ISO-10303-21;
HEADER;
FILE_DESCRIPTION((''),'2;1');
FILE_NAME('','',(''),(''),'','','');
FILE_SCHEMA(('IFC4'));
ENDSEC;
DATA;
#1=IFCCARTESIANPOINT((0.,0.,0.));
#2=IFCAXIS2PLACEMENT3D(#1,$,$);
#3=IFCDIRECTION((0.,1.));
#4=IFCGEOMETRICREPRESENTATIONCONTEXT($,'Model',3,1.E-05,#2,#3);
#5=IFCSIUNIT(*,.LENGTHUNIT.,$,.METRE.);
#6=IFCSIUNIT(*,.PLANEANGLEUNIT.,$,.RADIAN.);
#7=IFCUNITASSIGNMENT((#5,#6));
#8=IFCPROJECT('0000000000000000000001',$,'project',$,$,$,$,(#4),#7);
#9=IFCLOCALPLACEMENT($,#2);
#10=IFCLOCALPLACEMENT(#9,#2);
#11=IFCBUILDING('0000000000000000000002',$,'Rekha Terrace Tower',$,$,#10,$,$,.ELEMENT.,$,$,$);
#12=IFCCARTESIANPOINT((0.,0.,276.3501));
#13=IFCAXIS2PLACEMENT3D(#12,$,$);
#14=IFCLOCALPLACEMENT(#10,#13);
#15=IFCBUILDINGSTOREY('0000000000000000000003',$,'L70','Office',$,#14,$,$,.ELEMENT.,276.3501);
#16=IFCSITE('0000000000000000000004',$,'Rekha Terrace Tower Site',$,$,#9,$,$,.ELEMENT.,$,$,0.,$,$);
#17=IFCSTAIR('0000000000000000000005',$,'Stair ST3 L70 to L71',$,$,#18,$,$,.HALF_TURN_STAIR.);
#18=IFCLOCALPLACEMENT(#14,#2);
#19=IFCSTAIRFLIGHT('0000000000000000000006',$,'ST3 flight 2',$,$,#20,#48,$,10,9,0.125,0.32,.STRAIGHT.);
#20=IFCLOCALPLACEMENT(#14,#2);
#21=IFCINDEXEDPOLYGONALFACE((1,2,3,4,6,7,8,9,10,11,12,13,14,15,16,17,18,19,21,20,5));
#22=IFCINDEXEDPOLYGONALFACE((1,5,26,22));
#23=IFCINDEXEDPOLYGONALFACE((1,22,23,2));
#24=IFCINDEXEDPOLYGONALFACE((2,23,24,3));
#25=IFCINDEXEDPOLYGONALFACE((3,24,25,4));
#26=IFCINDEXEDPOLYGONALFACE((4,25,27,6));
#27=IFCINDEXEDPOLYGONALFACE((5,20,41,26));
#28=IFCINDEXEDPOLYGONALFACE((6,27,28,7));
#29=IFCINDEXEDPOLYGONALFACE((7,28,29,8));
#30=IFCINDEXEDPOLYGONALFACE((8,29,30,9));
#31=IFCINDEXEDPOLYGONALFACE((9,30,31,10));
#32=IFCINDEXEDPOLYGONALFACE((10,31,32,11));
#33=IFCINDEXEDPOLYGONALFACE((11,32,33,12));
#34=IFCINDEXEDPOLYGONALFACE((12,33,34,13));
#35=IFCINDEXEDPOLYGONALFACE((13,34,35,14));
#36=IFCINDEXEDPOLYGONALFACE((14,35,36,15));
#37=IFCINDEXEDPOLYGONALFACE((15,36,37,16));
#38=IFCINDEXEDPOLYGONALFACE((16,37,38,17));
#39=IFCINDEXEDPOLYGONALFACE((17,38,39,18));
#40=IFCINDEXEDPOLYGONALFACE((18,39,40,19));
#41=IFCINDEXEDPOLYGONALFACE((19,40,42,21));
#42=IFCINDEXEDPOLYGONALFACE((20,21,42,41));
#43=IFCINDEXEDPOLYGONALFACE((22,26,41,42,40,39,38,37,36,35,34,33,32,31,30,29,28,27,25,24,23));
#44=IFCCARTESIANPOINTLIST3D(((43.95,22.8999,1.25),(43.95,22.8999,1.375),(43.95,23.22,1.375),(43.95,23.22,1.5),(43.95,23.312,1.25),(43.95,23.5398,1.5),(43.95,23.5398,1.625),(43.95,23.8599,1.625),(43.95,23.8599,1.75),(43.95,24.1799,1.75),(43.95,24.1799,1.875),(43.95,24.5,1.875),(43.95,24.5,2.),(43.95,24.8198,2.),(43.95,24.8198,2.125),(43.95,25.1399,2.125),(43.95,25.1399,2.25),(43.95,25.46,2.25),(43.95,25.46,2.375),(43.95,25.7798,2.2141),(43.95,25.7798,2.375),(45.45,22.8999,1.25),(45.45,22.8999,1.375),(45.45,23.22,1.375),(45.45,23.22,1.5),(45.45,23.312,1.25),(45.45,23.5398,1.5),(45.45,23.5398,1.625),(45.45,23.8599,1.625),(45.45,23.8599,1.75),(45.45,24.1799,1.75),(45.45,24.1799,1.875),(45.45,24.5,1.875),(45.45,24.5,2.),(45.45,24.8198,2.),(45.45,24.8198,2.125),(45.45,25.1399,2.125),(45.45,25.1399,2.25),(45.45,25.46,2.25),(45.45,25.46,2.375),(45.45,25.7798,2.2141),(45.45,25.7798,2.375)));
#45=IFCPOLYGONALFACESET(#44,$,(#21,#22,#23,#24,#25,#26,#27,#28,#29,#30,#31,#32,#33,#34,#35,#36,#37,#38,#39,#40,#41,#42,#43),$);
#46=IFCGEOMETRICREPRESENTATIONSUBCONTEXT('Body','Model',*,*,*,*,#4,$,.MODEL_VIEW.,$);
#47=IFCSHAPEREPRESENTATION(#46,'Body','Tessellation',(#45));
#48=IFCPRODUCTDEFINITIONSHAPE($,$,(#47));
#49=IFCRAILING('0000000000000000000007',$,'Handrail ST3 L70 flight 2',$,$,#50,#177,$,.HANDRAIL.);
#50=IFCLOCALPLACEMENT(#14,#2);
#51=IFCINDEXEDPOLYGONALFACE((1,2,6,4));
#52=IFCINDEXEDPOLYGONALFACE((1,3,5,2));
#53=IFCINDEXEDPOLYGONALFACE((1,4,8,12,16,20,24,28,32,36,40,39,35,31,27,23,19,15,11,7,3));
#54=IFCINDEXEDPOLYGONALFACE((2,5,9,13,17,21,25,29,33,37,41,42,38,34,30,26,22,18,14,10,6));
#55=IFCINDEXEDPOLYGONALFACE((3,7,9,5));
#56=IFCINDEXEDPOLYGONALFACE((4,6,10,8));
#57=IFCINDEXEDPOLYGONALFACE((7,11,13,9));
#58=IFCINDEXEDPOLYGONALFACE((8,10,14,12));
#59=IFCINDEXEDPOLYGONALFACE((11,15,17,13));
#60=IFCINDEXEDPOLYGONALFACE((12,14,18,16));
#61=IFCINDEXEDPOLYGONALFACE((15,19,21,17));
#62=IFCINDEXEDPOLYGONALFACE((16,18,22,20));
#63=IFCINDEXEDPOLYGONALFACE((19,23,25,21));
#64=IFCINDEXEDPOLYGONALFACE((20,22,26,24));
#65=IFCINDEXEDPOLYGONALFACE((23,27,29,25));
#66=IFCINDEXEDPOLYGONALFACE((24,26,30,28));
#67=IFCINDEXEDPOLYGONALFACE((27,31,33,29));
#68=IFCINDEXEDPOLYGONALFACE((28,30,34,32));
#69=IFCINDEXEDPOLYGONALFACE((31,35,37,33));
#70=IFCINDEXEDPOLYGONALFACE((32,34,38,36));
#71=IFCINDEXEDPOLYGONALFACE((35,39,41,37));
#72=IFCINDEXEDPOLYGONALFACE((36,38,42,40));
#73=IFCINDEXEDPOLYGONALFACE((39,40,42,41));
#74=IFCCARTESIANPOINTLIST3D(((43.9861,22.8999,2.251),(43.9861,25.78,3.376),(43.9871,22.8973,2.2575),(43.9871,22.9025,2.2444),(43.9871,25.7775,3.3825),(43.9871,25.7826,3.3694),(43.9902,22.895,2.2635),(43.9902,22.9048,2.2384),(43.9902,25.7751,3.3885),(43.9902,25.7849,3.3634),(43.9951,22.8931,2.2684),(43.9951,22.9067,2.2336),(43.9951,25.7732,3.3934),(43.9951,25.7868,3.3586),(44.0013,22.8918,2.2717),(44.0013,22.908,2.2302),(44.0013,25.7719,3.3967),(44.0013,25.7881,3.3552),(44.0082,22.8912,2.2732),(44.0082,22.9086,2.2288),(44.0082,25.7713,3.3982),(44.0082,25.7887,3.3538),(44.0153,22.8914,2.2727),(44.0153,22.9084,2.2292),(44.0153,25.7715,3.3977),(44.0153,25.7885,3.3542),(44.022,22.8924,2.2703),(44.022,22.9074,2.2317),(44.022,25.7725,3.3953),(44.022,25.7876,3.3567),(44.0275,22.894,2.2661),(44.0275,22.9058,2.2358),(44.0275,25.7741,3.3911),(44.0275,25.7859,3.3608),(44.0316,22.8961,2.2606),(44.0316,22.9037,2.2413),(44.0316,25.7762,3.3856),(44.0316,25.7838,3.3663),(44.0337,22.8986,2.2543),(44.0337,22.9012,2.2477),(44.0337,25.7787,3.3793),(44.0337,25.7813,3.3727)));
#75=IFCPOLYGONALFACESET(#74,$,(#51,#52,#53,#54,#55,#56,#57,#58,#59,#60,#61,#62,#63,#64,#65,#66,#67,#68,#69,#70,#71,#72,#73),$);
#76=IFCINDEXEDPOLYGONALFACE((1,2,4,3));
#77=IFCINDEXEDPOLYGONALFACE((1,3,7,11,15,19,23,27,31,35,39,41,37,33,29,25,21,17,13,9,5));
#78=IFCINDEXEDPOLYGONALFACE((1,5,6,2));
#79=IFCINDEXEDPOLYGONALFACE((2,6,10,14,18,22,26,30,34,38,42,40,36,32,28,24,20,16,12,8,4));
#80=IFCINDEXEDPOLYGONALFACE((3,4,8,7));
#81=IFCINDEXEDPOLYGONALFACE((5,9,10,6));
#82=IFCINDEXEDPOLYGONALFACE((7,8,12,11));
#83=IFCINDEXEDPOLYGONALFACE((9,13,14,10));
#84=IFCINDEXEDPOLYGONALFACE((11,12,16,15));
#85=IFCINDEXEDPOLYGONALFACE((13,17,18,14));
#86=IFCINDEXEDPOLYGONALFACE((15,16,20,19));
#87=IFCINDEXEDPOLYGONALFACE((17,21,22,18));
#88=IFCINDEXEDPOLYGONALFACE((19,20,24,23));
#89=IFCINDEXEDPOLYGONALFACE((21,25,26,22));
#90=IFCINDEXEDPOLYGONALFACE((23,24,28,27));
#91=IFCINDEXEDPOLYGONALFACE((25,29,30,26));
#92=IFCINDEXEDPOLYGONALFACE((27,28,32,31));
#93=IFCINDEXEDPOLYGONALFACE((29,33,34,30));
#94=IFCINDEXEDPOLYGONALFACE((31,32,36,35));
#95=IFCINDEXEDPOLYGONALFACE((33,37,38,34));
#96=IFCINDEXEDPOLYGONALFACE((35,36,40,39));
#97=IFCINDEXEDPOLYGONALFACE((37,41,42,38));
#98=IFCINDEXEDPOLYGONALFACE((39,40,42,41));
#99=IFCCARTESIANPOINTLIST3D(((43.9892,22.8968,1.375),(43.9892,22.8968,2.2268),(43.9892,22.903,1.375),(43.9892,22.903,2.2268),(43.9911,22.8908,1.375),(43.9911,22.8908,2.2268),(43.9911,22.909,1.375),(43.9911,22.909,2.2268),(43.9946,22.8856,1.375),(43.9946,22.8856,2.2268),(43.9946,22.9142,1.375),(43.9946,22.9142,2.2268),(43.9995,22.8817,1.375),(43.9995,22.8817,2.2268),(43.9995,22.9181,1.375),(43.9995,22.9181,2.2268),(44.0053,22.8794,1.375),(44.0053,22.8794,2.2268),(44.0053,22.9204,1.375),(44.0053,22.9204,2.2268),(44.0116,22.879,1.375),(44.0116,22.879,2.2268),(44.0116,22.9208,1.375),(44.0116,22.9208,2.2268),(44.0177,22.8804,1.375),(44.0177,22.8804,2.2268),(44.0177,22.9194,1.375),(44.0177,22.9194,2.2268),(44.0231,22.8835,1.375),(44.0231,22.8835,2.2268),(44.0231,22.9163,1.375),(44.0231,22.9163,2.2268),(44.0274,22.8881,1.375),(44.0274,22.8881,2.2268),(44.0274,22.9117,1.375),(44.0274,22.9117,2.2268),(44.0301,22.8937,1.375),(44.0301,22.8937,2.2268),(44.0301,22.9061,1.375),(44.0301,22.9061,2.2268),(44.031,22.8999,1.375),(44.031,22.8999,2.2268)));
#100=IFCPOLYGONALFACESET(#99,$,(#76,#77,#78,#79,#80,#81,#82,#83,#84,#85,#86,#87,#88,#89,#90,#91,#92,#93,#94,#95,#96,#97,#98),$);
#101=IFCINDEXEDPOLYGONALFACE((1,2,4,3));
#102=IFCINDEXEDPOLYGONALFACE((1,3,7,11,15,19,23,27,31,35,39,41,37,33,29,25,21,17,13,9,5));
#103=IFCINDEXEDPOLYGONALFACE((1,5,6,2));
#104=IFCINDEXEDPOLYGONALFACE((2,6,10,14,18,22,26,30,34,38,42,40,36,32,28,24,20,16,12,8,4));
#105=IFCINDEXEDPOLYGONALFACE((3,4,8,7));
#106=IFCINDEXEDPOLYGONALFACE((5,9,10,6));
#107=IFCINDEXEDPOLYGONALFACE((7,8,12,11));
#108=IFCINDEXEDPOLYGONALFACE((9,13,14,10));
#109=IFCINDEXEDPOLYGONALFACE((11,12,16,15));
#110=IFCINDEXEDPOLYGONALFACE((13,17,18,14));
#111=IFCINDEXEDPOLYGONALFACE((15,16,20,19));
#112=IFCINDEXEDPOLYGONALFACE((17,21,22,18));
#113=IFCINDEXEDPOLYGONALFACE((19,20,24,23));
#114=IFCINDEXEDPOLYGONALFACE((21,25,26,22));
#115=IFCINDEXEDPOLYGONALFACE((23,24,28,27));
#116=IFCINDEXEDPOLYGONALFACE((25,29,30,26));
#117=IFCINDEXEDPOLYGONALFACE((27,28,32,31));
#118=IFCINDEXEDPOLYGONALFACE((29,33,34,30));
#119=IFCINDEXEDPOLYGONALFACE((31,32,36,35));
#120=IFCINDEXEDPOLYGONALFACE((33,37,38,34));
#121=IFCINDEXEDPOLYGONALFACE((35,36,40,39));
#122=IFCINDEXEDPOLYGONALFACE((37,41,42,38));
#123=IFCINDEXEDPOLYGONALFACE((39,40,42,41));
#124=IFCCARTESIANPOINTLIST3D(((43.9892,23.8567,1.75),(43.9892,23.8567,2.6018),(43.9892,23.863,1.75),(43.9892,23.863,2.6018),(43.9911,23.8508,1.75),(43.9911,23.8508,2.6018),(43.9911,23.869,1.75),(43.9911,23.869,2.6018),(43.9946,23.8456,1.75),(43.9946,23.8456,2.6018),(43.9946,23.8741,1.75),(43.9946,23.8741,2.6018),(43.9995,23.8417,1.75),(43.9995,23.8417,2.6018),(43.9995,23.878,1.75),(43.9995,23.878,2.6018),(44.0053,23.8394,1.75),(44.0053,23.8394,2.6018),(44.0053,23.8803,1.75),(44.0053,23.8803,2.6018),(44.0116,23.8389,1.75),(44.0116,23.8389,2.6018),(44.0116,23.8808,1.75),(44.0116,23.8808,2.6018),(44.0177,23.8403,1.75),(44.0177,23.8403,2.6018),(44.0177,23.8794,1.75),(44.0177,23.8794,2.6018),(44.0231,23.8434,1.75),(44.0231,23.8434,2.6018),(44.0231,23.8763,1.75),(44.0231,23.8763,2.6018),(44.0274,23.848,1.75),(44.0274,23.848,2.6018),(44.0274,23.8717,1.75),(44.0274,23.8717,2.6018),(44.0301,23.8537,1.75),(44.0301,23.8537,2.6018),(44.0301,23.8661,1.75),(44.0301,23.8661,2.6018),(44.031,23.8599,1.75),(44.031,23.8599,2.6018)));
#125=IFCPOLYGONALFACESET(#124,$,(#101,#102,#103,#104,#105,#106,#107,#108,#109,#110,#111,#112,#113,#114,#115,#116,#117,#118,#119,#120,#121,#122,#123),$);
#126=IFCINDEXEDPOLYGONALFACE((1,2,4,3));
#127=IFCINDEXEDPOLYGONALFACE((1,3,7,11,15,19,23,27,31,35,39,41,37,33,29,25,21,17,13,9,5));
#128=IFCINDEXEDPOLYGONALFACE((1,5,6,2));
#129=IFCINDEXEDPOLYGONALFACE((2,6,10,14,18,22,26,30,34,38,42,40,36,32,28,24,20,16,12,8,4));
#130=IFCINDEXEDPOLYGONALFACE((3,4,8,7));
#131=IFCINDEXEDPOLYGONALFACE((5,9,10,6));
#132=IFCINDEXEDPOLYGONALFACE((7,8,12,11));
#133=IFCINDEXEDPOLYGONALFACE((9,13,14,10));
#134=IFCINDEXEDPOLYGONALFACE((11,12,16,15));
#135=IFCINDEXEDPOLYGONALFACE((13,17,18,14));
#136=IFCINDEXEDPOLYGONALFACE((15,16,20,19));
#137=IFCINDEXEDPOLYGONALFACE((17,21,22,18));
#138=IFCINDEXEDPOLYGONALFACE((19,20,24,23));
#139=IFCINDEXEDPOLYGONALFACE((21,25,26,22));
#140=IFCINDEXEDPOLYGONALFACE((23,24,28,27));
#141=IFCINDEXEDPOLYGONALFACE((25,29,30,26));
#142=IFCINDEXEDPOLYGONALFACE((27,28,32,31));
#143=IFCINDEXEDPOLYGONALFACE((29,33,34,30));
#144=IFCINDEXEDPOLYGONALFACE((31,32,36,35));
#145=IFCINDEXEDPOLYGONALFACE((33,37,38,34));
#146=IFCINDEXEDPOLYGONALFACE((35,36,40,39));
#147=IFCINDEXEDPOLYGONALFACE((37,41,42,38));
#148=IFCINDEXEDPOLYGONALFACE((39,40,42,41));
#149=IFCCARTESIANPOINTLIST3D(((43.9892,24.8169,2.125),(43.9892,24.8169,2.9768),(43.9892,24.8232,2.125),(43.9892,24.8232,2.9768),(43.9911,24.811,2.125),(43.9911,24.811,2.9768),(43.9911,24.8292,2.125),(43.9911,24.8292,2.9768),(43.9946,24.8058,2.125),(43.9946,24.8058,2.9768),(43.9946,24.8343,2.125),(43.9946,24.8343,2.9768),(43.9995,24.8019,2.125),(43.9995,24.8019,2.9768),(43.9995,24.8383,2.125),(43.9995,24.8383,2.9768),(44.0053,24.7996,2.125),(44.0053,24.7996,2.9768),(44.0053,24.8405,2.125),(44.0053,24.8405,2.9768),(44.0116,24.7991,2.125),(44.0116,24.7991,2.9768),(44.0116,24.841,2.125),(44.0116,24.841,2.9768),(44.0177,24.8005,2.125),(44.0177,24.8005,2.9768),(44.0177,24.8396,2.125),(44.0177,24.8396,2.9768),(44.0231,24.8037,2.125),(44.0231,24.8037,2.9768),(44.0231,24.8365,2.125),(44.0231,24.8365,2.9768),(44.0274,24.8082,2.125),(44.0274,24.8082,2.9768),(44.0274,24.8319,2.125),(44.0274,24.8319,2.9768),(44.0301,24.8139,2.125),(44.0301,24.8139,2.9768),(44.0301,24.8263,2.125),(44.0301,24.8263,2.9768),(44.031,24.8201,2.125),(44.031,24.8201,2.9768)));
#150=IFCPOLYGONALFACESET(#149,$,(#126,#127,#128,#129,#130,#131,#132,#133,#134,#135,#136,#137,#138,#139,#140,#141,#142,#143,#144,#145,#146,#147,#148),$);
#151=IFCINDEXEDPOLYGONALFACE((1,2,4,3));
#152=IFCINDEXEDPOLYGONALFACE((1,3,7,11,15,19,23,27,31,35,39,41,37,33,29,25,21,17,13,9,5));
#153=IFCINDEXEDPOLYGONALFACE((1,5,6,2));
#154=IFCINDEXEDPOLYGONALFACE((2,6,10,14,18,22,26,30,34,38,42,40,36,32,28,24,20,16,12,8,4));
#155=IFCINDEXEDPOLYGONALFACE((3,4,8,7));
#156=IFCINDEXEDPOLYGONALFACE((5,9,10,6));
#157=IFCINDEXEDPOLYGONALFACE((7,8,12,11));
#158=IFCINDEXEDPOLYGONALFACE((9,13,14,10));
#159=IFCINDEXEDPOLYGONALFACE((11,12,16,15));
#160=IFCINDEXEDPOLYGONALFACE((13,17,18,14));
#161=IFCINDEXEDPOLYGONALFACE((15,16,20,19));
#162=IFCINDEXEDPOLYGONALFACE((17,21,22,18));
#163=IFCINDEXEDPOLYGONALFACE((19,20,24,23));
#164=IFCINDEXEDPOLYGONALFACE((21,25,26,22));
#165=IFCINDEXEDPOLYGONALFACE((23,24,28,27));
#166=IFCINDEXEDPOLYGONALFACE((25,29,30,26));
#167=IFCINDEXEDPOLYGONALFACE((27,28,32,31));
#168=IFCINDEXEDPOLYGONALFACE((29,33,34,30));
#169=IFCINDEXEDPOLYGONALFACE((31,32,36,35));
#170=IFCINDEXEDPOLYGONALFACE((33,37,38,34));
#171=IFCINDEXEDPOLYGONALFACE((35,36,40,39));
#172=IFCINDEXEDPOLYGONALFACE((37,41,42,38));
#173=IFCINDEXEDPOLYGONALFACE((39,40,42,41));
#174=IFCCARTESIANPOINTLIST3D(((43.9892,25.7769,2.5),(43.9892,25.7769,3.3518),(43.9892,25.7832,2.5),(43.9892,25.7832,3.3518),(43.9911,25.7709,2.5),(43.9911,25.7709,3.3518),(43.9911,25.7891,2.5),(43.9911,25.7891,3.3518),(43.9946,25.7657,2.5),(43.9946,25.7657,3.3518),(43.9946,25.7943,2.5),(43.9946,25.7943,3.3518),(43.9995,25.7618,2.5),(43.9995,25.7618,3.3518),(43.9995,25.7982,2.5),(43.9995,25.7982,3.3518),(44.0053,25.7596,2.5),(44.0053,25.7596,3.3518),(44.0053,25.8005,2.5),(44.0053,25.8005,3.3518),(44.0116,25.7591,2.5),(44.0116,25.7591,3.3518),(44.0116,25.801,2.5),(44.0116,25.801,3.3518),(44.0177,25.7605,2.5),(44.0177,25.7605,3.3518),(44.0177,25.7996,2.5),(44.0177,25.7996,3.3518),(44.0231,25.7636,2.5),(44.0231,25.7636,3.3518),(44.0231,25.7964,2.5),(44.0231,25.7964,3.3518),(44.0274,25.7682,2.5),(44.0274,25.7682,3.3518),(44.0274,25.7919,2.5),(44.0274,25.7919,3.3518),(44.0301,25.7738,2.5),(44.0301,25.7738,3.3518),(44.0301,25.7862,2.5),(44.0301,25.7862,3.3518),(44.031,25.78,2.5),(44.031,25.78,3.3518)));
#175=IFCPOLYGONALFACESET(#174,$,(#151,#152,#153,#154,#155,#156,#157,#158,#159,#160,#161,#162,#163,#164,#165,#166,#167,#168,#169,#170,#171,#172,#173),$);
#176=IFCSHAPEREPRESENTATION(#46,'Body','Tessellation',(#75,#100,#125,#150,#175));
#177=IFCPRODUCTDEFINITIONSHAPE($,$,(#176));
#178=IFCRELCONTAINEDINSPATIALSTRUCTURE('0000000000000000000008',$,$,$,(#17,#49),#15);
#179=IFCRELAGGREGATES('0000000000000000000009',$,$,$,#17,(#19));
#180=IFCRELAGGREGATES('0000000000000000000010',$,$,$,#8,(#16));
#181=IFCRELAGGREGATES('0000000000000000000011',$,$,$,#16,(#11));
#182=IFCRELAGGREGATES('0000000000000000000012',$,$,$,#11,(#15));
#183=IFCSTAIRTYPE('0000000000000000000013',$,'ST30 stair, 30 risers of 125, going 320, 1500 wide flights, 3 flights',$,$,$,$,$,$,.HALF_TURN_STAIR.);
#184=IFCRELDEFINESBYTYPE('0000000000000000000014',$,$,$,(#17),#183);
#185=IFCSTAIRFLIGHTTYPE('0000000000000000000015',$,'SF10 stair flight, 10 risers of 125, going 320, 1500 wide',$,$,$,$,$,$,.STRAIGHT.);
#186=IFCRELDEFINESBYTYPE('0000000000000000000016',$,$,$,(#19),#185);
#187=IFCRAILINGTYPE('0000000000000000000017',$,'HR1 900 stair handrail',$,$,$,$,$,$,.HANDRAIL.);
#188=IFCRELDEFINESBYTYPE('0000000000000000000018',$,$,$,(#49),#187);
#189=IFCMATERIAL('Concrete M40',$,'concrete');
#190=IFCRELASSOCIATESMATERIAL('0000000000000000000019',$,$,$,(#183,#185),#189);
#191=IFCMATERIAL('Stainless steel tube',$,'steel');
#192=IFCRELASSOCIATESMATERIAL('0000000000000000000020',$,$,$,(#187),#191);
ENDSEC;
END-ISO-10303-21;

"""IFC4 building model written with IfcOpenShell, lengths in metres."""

from ifc_helpers import new_model, si_unit, direction, frame, origin, origin_2d, place, context, subcontext, project, spatial, polyline, circle, outline, extrude, material, type_object, element, aggregate, save


model = new_model("IFC4")

# Units and contexts
model_context = context("Model", 3, precision=1e-05, world=origin(), true_north=direction((0.0, 1.0)))
body_context = subcontext(model_context, "Body", "Model", "MODEL_VIEW")
ifc_project = project(units=[si_unit("LENGTHUNIT", "METRE"), si_unit("PLANEANGLEUNIT", "RADIAN")], contexts=[model_context])

# Site, building, storey
site_placement = place(None, origin())
site = spatial("IfcSite", under=ifc_project, at=site_placement, Name="Rekha Terrace Tower Site", CompositionType="ELEMENT", RefElevation=0.0)
building_placement = place(site_placement, origin())
building = spatial("IfcBuilding", under=site, at=building_placement, Name="Rekha Terrace Tower", CompositionType="ELEMENT")
storey_placement = place(building_placement, frame((0.0, 0.0, 276.3501)))
storey = spatial("IfcBuildingStorey", under=building, at=storey_placement, Name="L70", Description="Office", CompositionType="ELEMENT", Elevation=276.3501)

# Stair, stair flight
ifc_material_1 = material(Name="Concrete M40", Category="concrete")
stair_type = type_object("IfcStairType", Name="ST30 stair, 30 risers of 125, going 320, 1500 wide flights, 3 flights", PredefinedType="HALF_TURN_STAIR", material=ifc_material_1)
stair_placement = place(storey_placement, origin())
stair = element("IfcStair", 1, at=stair_placement, inside=storey, type_object=stair_type, Name="Stair ST3 L70 to L71", PredefinedType="HALF_TURN_STAIR")
stair_flight_type = type_object("IfcStairFlightType", Name="SF10 stair flight, 10 risers of 125, going 320, 1500 wide", PredefinedType="STRAIGHT", material=ifc_material_1)
stair_flight_placement = place(storey_placement, frame((44.7, 22.8999, 1.25), z_axis=(0.0, 0.0, 1.0), x_axis=(0.0, 1.0, 0.0)))
stair_flight = element("IfcStairFlight", 2, at=stair_flight_placement, type_object=stair_flight_type, Name="ST3 flight 2", NumberOfRisers=10, NumberOfTreads=9, PredefinedType="STRAIGHT", RiserHeight=0.125, TreadLength=0.32, context=body_context, shape_type="SweptSolid", body=[
    extrude(outline(polyline([(0.0, 0.0), (0.0, 0.125), (0.3201, 0.125), (0.3201, 0.25), (0.6399, 0.25), (0.6399, 0.375), (0.96, 0.375), (0.96, 0.5), (1.28, 0.5), (1.28, 0.625), (1.6001, 0.625), (1.6001, 0.75), (1.9199, 0.75), (1.9199, 0.875), (2.24, 0.875), (2.24, 1.0), (2.5601, 1.0), (2.5601, 1.125), (2.8799, 1.125), (2.8799, 1.25), (2.8799, 0.9641), (0.4121, 0.0), (0.0, 0.0)])), frame((0.0, 0.75, 0.0), z_axis=(0.0, -1.0, 0.0), x_axis=(1.0, 0.0, 0.0)), (0.0, 0.0, 1.0), 1.5),
])
aggregate(stair, [stair_flight])

# Railing
ifc_material_2 = material(Name="Stainless steel tube", Category="steel")
railing_type = type_object("IfcRailingType", Name="HR1 900 stair handrail", PredefinedType="HANDRAIL", material=ifc_material_2)
railing_placement = place(storey_placement, frame((44.01, 22.8999, 1.375)))
element("IfcRailing", 3, at=railing_placement, inside=storey, type_object=railing_type, Name="Handrail ST3 L70 flight 2", PredefinedType="HANDRAIL", context=body_context, shape_type="SweptSolid", body=[
    extrude(circle(Radius=0.0239, at=origin_2d()), frame((0.0, 0.0, 0.876), z_axis=(0.0, 0.931463, 0.363837), x_axis=(-1.0, 0.0, 0.0)), (0.0, 0.0, 1.0), 3.092),
    extrude(circle(Radius=0.021, at=origin_2d()), origin(), (0.0, 0.0, 1.0), 0.8518),
    extrude(circle(Radius=0.021, at=origin_2d()), frame((0.0, 0.96, 0.375)), (0.0, 0.0, 1.0), 0.8518),
    extrude(circle(Radius=0.021, at=origin_2d()), frame((0.0, 1.9202, 0.75)), (0.0, 0.0, 1.0), 0.8518),
    extrude(circle(Radius=0.021, at=origin_2d()), frame((0.0, 2.8801, 1.125)), (0.0, 0.0, 1.0), 0.8518),
])

save(model, "model.ifc")
